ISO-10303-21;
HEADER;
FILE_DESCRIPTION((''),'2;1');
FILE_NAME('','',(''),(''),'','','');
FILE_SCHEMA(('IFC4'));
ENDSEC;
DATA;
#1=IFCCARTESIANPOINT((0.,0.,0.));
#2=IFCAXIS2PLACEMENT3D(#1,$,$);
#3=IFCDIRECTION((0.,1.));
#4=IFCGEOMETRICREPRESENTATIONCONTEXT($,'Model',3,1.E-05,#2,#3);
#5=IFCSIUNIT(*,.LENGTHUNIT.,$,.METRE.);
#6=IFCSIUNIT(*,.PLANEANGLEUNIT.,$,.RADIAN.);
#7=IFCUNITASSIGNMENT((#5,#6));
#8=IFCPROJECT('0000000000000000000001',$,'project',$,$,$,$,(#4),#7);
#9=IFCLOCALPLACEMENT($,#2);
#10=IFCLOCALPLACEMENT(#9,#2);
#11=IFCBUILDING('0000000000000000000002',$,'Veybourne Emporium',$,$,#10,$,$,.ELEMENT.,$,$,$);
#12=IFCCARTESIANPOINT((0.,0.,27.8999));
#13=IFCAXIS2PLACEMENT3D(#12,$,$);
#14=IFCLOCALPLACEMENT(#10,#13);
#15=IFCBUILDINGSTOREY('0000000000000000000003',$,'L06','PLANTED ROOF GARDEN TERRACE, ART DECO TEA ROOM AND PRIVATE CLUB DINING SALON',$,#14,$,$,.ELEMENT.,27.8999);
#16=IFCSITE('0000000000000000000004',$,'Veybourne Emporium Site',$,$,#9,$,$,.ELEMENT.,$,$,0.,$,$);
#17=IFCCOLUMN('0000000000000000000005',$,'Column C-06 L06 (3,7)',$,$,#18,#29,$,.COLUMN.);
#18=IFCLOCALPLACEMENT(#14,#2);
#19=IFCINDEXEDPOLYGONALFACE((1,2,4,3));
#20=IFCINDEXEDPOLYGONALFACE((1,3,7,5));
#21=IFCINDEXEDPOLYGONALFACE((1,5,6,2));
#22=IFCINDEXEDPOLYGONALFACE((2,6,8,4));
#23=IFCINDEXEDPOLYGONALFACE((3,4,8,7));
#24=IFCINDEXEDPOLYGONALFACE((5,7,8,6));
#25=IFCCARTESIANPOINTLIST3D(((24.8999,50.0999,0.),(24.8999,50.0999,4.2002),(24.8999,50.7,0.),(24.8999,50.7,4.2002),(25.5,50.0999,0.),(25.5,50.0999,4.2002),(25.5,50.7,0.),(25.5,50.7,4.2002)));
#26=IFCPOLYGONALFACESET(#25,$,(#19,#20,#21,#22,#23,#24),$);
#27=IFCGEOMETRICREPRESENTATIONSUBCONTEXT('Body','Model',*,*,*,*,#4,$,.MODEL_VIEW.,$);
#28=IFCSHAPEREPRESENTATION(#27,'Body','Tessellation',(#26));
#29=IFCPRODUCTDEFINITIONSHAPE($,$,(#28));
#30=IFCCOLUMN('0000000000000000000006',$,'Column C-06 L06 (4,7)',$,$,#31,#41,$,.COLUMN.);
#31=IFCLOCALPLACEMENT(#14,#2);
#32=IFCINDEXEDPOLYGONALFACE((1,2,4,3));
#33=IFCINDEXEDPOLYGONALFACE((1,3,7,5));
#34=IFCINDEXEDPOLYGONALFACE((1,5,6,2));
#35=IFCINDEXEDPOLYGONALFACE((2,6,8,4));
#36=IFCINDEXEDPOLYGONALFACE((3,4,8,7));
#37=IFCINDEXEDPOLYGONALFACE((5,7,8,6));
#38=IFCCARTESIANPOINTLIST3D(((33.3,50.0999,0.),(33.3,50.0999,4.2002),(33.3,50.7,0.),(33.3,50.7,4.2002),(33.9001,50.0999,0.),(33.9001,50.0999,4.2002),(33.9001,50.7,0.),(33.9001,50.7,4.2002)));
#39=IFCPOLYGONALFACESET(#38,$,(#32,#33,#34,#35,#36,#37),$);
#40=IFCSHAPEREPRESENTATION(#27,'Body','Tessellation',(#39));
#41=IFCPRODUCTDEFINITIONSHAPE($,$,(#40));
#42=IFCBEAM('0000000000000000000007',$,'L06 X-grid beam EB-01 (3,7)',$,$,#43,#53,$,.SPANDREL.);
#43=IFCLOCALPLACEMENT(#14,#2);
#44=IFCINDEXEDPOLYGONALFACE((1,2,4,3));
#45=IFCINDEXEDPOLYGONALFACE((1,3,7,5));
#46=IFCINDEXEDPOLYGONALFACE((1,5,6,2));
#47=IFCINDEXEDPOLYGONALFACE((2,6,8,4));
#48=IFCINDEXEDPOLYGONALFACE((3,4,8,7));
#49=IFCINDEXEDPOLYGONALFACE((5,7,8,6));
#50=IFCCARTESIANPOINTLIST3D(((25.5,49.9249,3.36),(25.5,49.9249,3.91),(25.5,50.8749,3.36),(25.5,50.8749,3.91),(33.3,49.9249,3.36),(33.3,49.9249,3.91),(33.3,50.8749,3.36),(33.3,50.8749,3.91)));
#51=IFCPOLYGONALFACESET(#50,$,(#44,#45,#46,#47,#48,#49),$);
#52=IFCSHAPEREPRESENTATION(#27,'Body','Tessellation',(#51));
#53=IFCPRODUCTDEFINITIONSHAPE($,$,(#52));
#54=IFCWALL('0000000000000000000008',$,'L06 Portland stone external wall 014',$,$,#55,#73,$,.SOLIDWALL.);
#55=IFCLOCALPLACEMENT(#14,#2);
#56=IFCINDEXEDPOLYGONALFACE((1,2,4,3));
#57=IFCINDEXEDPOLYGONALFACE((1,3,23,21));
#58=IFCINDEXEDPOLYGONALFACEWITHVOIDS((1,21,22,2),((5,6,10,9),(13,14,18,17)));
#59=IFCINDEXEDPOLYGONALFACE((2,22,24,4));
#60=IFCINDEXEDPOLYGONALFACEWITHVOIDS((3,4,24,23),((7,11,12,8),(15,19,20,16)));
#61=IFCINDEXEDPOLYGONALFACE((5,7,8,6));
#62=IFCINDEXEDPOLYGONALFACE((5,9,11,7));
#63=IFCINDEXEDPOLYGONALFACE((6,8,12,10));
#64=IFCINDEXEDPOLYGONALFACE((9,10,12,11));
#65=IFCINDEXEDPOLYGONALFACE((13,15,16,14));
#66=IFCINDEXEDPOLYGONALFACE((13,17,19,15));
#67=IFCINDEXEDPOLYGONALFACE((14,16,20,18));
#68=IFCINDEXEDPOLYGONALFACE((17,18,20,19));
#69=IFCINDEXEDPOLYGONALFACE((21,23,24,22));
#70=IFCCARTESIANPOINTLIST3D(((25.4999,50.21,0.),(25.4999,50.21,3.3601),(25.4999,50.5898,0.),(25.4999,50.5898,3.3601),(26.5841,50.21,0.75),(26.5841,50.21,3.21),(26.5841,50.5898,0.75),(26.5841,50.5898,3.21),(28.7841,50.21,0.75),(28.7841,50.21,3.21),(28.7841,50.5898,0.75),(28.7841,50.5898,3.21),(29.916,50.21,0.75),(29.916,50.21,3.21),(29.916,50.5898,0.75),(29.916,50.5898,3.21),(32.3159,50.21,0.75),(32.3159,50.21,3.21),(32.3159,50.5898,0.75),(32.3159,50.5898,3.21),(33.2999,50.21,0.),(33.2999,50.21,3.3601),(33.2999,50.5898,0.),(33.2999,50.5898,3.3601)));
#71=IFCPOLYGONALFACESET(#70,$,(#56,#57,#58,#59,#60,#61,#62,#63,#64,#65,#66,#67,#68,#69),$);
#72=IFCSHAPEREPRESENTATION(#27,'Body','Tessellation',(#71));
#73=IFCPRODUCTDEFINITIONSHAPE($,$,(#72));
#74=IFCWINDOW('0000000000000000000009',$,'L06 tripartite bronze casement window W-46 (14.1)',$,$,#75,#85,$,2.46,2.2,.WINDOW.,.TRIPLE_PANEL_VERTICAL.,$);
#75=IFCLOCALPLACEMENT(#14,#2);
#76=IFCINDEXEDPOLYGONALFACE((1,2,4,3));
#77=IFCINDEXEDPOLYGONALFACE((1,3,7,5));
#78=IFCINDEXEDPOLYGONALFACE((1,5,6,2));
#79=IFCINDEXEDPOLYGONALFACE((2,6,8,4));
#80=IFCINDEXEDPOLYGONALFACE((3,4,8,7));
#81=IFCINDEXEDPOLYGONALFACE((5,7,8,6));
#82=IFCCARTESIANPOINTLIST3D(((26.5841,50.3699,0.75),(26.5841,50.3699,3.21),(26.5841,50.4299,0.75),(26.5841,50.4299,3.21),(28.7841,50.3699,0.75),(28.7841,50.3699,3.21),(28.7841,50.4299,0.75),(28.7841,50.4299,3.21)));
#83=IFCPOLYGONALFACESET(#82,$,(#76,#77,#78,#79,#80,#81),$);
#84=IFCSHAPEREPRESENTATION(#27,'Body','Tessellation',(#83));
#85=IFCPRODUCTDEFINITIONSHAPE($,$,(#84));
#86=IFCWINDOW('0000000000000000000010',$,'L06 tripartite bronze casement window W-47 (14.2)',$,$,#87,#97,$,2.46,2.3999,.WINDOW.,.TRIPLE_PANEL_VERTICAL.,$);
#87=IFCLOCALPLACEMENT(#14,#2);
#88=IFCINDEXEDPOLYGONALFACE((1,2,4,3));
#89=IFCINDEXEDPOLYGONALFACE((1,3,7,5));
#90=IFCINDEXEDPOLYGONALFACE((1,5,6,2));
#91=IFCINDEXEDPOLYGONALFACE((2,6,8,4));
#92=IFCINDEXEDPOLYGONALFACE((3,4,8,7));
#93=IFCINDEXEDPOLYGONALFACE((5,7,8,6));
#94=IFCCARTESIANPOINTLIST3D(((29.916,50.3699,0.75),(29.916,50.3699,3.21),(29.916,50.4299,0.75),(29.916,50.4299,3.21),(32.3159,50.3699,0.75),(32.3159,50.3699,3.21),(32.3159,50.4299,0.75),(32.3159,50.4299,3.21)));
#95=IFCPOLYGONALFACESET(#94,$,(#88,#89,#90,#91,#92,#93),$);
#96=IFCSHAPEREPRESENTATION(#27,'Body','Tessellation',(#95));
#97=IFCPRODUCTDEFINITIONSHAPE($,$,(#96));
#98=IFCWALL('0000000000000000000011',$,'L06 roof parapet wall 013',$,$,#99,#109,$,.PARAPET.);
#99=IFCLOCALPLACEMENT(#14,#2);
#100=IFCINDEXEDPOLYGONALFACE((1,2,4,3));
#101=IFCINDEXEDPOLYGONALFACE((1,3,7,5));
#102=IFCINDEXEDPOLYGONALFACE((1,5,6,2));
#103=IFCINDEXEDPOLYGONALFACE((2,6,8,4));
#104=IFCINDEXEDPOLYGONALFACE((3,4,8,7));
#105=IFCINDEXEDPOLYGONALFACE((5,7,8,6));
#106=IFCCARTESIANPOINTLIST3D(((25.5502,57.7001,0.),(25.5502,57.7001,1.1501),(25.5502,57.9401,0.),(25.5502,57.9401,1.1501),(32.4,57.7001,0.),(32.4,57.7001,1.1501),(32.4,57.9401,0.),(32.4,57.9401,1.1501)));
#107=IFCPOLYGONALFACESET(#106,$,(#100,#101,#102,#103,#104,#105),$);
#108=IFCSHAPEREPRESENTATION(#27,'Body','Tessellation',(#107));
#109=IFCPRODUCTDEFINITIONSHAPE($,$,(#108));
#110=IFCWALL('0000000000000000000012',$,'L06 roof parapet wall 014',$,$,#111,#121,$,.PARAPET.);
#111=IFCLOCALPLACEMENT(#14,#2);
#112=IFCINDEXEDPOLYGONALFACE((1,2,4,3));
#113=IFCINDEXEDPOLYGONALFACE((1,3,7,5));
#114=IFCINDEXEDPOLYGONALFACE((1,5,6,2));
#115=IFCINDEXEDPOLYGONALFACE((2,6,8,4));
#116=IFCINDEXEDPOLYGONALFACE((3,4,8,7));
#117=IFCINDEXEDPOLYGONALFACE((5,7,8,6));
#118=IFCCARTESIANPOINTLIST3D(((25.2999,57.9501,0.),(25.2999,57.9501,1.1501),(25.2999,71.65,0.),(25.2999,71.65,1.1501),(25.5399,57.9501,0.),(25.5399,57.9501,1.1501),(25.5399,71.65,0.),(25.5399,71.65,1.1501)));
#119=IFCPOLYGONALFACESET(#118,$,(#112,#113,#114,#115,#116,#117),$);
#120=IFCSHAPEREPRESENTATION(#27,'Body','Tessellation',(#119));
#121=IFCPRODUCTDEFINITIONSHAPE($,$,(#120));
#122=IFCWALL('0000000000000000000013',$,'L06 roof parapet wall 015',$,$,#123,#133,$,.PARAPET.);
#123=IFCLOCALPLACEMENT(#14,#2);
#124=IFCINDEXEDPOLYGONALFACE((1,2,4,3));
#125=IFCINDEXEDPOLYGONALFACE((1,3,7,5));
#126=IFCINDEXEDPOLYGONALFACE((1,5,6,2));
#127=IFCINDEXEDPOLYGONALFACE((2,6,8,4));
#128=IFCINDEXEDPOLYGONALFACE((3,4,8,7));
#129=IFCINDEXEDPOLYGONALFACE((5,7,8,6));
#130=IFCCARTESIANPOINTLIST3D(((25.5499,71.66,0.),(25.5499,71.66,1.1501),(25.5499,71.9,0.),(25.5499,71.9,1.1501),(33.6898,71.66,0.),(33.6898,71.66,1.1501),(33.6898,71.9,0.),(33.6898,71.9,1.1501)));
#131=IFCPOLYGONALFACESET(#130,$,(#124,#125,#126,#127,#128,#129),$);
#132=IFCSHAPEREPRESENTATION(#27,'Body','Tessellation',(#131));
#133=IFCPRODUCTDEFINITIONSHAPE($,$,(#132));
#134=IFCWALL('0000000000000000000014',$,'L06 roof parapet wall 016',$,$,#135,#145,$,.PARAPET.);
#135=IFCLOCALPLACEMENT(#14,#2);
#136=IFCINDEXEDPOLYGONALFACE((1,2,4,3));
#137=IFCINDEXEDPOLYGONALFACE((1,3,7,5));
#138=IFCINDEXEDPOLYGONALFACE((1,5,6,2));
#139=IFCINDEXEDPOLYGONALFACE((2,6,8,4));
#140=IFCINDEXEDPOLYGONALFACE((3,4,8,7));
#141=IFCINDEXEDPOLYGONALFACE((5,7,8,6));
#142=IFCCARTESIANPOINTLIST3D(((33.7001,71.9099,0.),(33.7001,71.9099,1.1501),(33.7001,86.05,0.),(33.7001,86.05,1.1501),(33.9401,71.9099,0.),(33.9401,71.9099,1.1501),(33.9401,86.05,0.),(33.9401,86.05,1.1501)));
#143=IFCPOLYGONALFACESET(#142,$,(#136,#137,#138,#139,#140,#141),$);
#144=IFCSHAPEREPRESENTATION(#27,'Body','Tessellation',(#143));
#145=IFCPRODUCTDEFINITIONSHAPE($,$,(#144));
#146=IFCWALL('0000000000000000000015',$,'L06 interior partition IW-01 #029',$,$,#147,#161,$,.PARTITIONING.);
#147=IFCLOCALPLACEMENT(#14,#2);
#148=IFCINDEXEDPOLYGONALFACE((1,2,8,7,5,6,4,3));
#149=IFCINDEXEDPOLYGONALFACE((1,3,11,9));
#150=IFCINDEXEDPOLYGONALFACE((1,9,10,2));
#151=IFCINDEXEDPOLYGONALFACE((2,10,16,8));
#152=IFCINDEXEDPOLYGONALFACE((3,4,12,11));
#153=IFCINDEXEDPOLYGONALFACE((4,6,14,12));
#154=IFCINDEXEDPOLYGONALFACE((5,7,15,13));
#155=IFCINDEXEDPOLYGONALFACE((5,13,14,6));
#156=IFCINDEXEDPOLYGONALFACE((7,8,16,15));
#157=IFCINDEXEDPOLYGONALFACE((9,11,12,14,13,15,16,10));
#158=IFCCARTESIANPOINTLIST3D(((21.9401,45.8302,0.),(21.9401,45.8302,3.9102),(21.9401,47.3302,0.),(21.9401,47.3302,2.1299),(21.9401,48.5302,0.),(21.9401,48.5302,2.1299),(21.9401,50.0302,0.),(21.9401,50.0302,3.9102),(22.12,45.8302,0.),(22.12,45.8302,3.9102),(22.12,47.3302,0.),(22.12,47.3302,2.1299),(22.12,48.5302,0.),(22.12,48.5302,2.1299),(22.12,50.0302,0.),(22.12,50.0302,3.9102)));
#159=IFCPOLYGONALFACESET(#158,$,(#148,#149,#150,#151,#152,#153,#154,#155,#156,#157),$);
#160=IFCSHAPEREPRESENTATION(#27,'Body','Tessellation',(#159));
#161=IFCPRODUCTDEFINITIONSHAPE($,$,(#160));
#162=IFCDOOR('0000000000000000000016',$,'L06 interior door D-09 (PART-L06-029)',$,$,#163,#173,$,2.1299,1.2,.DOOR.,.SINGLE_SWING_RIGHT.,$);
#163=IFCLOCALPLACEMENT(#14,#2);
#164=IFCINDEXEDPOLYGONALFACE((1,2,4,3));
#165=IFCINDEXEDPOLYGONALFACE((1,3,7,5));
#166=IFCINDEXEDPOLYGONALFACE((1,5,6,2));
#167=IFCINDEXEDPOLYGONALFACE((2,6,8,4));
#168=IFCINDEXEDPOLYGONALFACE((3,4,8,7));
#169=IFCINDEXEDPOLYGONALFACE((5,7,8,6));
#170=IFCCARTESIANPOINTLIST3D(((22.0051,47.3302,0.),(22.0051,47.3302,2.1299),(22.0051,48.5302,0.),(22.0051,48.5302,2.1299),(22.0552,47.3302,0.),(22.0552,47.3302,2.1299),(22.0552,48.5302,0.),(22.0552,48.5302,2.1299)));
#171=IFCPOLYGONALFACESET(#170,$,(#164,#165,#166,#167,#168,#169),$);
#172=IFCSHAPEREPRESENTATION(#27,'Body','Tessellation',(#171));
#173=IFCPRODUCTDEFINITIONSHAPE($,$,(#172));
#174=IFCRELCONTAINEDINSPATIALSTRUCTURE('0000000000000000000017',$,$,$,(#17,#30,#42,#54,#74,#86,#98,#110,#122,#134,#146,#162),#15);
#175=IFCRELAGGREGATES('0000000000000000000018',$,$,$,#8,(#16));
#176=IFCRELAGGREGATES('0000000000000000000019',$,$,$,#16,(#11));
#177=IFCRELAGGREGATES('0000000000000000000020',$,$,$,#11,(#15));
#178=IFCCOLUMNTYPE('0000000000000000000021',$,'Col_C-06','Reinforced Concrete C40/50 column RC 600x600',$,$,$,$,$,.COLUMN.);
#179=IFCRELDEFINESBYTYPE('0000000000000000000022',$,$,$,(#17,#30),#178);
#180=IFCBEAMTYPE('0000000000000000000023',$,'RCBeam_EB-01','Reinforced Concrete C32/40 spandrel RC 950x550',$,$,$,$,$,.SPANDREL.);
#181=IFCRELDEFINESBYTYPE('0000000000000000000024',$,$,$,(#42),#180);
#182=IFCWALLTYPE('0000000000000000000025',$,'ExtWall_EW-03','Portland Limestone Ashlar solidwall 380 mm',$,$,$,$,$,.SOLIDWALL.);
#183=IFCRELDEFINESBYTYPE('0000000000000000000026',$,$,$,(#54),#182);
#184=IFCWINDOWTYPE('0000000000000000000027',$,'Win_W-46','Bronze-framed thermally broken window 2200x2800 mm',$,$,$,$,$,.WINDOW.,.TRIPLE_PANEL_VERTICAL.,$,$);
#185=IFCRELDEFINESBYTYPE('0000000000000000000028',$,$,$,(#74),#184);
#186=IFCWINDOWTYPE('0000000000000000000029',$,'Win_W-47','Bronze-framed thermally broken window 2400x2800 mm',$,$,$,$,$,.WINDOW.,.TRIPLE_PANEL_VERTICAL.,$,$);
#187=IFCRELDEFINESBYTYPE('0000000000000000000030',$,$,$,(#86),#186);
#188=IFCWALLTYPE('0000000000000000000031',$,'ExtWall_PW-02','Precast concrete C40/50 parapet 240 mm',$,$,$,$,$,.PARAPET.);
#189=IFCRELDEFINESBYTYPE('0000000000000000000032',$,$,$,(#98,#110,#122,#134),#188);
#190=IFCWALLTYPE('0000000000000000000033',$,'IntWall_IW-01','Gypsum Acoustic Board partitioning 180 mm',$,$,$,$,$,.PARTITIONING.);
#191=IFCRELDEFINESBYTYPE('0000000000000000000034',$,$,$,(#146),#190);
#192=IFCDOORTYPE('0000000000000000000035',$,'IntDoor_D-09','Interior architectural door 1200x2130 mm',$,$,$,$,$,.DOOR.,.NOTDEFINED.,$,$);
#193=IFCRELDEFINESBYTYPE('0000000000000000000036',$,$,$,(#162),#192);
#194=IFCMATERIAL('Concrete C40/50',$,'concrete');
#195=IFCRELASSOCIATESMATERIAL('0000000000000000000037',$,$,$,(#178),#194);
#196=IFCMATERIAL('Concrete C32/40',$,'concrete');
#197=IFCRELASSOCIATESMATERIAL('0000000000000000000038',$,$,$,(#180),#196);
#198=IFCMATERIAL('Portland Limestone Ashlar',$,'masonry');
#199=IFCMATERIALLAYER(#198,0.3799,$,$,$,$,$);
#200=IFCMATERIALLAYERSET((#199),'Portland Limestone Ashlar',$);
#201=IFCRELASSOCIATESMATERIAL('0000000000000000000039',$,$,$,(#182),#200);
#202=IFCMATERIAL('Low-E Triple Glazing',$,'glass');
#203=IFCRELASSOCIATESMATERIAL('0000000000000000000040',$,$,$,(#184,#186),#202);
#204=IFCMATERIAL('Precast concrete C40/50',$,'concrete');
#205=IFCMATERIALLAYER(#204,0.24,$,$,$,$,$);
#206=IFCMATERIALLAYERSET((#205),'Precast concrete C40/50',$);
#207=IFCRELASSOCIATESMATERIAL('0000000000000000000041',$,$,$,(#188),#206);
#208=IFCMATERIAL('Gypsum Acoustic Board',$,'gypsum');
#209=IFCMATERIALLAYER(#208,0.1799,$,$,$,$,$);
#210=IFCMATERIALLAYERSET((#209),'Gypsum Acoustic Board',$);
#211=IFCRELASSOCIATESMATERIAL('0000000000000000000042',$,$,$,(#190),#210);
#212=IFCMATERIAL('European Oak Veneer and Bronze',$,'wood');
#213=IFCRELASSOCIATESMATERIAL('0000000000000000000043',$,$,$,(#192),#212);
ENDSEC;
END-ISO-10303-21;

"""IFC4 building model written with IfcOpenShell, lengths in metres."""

from ifc_helpers import new_model, si_unit, direction, frame, frame_2d, origin, origin_2d, place, context, subcontext, project, spatial, rectangle, extrude, material, layer, layer_set, material_profile, profile_set, type_object, element, fill, save


model = new_model("IFC4")

# Units and contexts
model_context = context("Model", 3, precision=1e-05, world=origin(), true_north=direction((0.0, 1.0)))
body_context = subcontext(model_context, "Body", "Model", "MODEL_VIEW")
ifc_project = project(units=[si_unit("LENGTHUNIT", "METRE"), si_unit("PLANEANGLEUNIT", "RADIAN")], contexts=[model_context])

# Site, building, storey
site_placement = place(None, origin())
site = spatial("IfcSite", under=ifc_project, at=site_placement, Name="Veybourne Emporium Site", CompositionType="ELEMENT", RefElevation=0.0)
building_placement = place(site_placement, origin())
building = spatial("IfcBuilding", under=site, at=building_placement, Name="Veybourne Emporium", CompositionType="ELEMENT")
storey_placement = place(building_placement, frame((0.0, 0.0, 27.8999)))
storey = spatial("IfcBuildingStorey", under=building, at=storey_placement, Name="L06", Description="PLANTED ROOF GARDEN TERRACE, ART DECO TEA ROOM AND PRIVATE CLUB DINING SALON", CompositionType="ELEMENT", Elevation=27.8999)

# Columns
ifc_material_1 = material(Name="Concrete C40/50", Category="concrete")
ifc_material_profile_1 = material_profile(ifc_material_1, rectangle(XDim=0.6001, YDim=0.6001, at=origin_2d()), Name="RC 600x600")
ifc_profile_set_1 = profile_set([ifc_material_profile_1], Name="Concrete C40/50")
column_type = type_object("IfcColumnType", Name="Col_C-06", Description="Reinforced Concrete C40/50 column RC 600x600", PredefinedType="COLUMN", material=ifc_profile_set_1)
for number, where, z_axis, x_axis, name in (
    (1, (25.2, 50.3999, 0.0), (0.0, 0.0, 1.0), (1.0, 0.0, 0.0), "Column C-06 L06 (3,7)"),
    (2, (33.6001, 50.3999, 0.0), (0.0, 0.0, 1.0), (1.0, 0.0, 0.0), "Column C-06 L06 (4,7)"),
):
    element("IfcColumn", number, at=place(storey_placement, frame(where, z_axis=z_axis, x_axis=x_axis)), inside=storey, type_object=column_type, Name=name, PredefinedType="COLUMN", context=body_context, shape_type="SweptSolid", body=[
        extrude(rectangle(XDim=0.6001, YDim=0.6001, at=origin_2d()), origin(), (0.0, 0.0, 1.0), 4.2002),
    ])

# Beam
ifc_material_2 = material(Name="Concrete C32/40", Category="concrete")
ifc_material_profile_2 = material_profile(ifc_material_2, rectangle(XDim=0.95, YDim=0.55, at=origin_2d()), Name="RC 950x550")
ifc_profile_set_2 = profile_set([ifc_material_profile_2], Name="Concrete C32/40")
beam_type = type_object("IfcBeamType", Name="RCBeam_EB-01", Description="Reinforced Concrete C32/40 spandrel RC 950x550", PredefinedType="SPANDREL", material=ifc_profile_set_2)
beam_placement = place(storey_placement, frame((25.5, 50.3999, 3.635), z_axis=(1.0, 0.0, 0.0), x_axis=(0.0, 1.0, 0.0)))
element("IfcBeam", 3, at=beam_placement, inside=storey, type_object=beam_type, Name="L06 X-grid beam EB-01 (3,7)", PredefinedType="SPANDREL", context=body_context, shape_type="SweptSolid", body=[
    extrude(rectangle(XDim=0.95, YDim=0.55, at=origin_2d()), origin(), (0.0, 0.0, 1.0), 7.8),
])

# Wall, openings, windows
ifc_material_3 = material(Name="Portland Limestone Ashlar", Category="masonry")
ifc_layer_1 = layer(ifc_material_3, 0.3799)
ifc_layer_set_1 = layer_set([ifc_layer_1], Name="Portland Limestone Ashlar")
wall_type_1 = type_object("IfcWallType", Name="ExtWall_EW-03", Description="Portland Limestone Ashlar solidwall 380 mm", PredefinedType="SOLIDWALL", material=ifc_layer_set_1)
wall_1_placement = place(storey_placement, frame((25.5, 50.3999, 0.0), z_axis=(0.0, 0.0, 1.0), x_axis=(1.0, 0.0, 0.0)))
wall_1 = element("IfcWall", 4, at=wall_1_placement, inside=storey, type_object=wall_type_1, Name="L06 Portland stone external wall 014", PredefinedType="SOLIDWALL", context=body_context, shape_type="SweptSolid", body=[
    extrude(rectangle(XDim=7.8, YDim=0.3799, at=frame_2d((3.8999, 0.0))), origin(), (0.0, 0.0, 1.0), 3.3601),
])
opening_1_placement = place(wall_1_placement, frame((1.084, 0.0, 0.75)))
opening_1 = element("IfcOpeningElement", 5, at=opening_1_placement, cuts=wall_1, PredefinedType="OPENING", context=body_context, shape_type="SweptSolid", body=[
    extrude(rectangle(XDim=2.2, YDim=2.46, at=frame_2d((1.1001, 1.23))), frame((0.0, 0.21, 0.0), z_axis=(0.0, -1.0, 0.0), x_axis=(1.0, 0.0, 0.0)), (0.0, 0.0, 1.0), 0.4199),
])
opening_2_placement = place(wall_1_placement, frame((4.416, 0.0, 0.75)))
opening_2 = element("IfcOpeningElement", 6, at=opening_2_placement, cuts=wall_1, PredefinedType="OPENING", context=body_context, shape_type="SweptSolid", body=[
    extrude(rectangle(XDim=2.3999, YDim=2.46, at=frame_2d((1.2, 1.23))), frame((0.0, 0.21, 0.0), z_axis=(0.0, -1.0, 0.0), x_axis=(1.0, 0.0, 0.0)), (0.0, 0.0, 1.0), 0.4199),
])
ifc_material_4 = material(Name="Low-E Triple Glazing", Category="glass")
window_type_1 = type_object("IfcWindowType", Name="Win_W-46", Description="Bronze-framed thermally broken window 2200x2800 mm", PartitioningType="TRIPLE_PANEL_VERTICAL", PredefinedType="WINDOW", material=ifc_material_4)
window_1_placement = place(opening_1_placement, origin())
window_1 = element("IfcWindow", 7, at=window_1_placement, inside=storey, type_object=window_type_1, Name="L06 tripartite bronze casement window W-46 (14.1)", OverallHeight=2.46, OverallWidth=2.2, PartitioningType="TRIPLE_PANEL_VERTICAL", PredefinedType="WINDOW", context=body_context, shape_type="SweptSolid", body=[
    extrude(rectangle(XDim=2.2, YDim=2.46, at=frame_2d((1.1001, 1.23))), frame((0.0, 0.03, 0.0), z_axis=(0.0, -1.0, 0.0), x_axis=(1.0, 0.0, 0.0)), (0.0, 0.0, 1.0), 0.0601),
])
fill(opening_1, window_1)
window_type_2 = type_object("IfcWindowType", Name="Win_W-47", Description="Bronze-framed thermally broken window 2400x2800 mm", PartitioningType="TRIPLE_PANEL_VERTICAL", PredefinedType="WINDOW", material=ifc_material_4)
window_2_placement = place(opening_2_placement, origin())
window_2 = element("IfcWindow", 8, at=window_2_placement, inside=storey, type_object=window_type_2, Name="L06 tripartite bronze casement window W-47 (14.2)", OverallHeight=2.46, OverallWidth=2.3999, PartitioningType="TRIPLE_PANEL_VERTICAL", PredefinedType="WINDOW", context=body_context, shape_type="SweptSolid", body=[
    extrude(rectangle(XDim=2.3999, YDim=2.46, at=frame_2d((1.2, 1.23))), frame((0.0, 0.03, 0.0), z_axis=(0.0, -1.0, 0.0), x_axis=(1.0, 0.0, 0.0)), (0.0, 0.0, 1.0), 0.0601),
])
fill(opening_2, window_2)

# Walls
ifc_material_5 = material(Name="Precast concrete C40/50", Category="concrete")
ifc_layer_2 = layer(ifc_material_5, 0.24)
ifc_layer_set_2 = layer_set([ifc_layer_2], Name="Precast concrete C40/50")
wall_type_2 = type_object("IfcWallType", Name="ExtWall_PW-02", Description="Precast concrete C40/50 parapet 240 mm", PredefinedType="PARAPET", material=ifc_layer_set_2)
wall_2_placement = place(storey_placement, frame((32.3999, 57.8201, 0.0), z_axis=(0.0, 0.0, 1.0), x_axis=(-1.0, 0.0, 0.0)))
element("IfcWall", 9, at=wall_2_placement, inside=storey, type_object=wall_type_2, Name="L06 roof parapet wall 013", PredefinedType="PARAPET", context=body_context, shape_type="SweptSolid", body=[
    extrude(rectangle(XDim=6.8499, YDim=0.24, at=frame_2d((3.4248, 0.0))), origin(), (0.0, 0.0, 1.0), 1.1501),
])
wall_3_placement = place(storey_placement, frame((25.4199, 57.95, 0.0), z_axis=(0.0, 0.0, 1.0), x_axis=(0.0, 1.0, 0.0)))
element("IfcWall", 10, at=wall_3_placement, inside=storey, type_object=wall_type_2, Name="L06 roof parapet wall 014", PredefinedType="PARAPET", context=body_context, shape_type="SweptSolid", body=[
    extrude(rectangle(XDim=13.7, YDim=0.24, at=frame_2d((6.8501, 0.0))), origin(), (0.0, 0.0, 1.0), 1.1501),
])
wall_4_placement = place(storey_placement, frame((25.55, 71.78, 0.0), z_axis=(0.0, 0.0, 1.0), x_axis=(1.0, 0.0, 0.0)))
element("IfcWall", 11, at=wall_4_placement, inside=storey, type_object=wall_type_2, Name="L06 roof parapet wall 015", PredefinedType="PARAPET", context=body_context, shape_type="SweptSolid", body=[
    extrude(rectangle(XDim=8.1399, YDim=0.24, at=frame_2d((4.0698, 0.0))), origin(), (0.0, 0.0, 1.0), 1.1501),
])
wall_5_placement = place(storey_placement, frame((33.8201, 71.9099, 0.0), z_axis=(0.0, 0.0, 1.0), x_axis=(0.0, 1.0, 0.0)))
element("IfcWall", 12, at=wall_5_placement, inside=storey, type_object=wall_type_2, Name="L06 roof parapet wall 016", PredefinedType="PARAPET", context=body_context, shape_type="SweptSolid", body=[
    extrude(rectangle(XDim=14.1401, YDim=0.24, at=frame_2d((7.0701, 0.0))), origin(), (0.0, 0.0, 1.0), 1.1501),
])

# Wall, opening, door
ifc_material_6 = material(Name="Gypsum Acoustic Board", Category="gypsum")
ifc_layer_3 = layer(ifc_material_6, 0.1799)
ifc_layer_set_3 = layer_set([ifc_layer_3], Name="Gypsum Acoustic Board")
wall_type_3 = type_object("IfcWallType", Name="IntWall_IW-01", Description="Gypsum Acoustic Board partitioning 180 mm", PredefinedType="PARTITIONING", material=ifc_layer_set_3)
wall_6_placement = place(storey_placement, frame((22.03, 45.8301, 0.0), z_axis=(0.0, 0.0, 1.0), x_axis=(0.0, 1.0, 0.0)))
wall_6 = element("IfcWall", 13, at=wall_6_placement, inside=storey, type_object=wall_type_3, Name="L06 interior partition IW-01 #029", PredefinedType="PARTITIONING", context=body_context, shape_type="SweptSolid", body=[
    extrude(rectangle(XDim=4.2, YDim=0.1799, at=frame_2d((2.1001, 0.0))), origin(), (0.0, 0.0, 1.0), 3.9102),
])
opening_3_placement = place(wall_6_placement, frame((1.5, 0.0, 0.0)))
opening_3 = element("IfcOpeningElement", 14, at=opening_3_placement, cuts=wall_6, PredefinedType="OPENING", context=body_context, shape_type="SweptSolid", body=[
    extrude(rectangle(XDim=1.2, YDim=2.1299, at=frame_2d((0.6001, 1.0649))), frame((0.0, 0.1099, 0.0), z_axis=(0.0, -1.0, 0.0), x_axis=(1.0, 0.0, 0.0)), (0.0, 0.0, 1.0), 0.22),
])
ifc_material_7 = material(Name="European Oak Veneer and Bronze", Category="wood")
door_type_1 = type_object("IfcDoorType", Name="IntDoor_D-09", Description="Interior architectural door 1200x2130 mm", OperationType="NOTDEFINED", PredefinedType="DOOR", material=ifc_material_7)
door_1_placement = place(opening_3_placement, origin())
door_1 = element("IfcDoor", 15, at=door_1_placement, inside=storey, type_object=door_type_1, Name="L06 interior door D-09 (PART-L06-029)", OperationType="SINGLE_SWING_RIGHT", OverallHeight=2.1299, OverallWidth=1.2, PredefinedType="DOOR", context=body_context, shape_type="SweptSolid", body=[
    extrude(rectangle(XDim=1.2, YDim=2.1299, at=frame_2d((0.6001, 1.0649))), frame((0.0, 0.0249, 0.0), z_axis=(0.0, -1.0, 0.0), x_axis=(1.0, 0.0, 0.0)), (0.0, 0.0, 1.0), 0.05),
])
fill(opening_3, door_1)

save(model, "model.ifc")
